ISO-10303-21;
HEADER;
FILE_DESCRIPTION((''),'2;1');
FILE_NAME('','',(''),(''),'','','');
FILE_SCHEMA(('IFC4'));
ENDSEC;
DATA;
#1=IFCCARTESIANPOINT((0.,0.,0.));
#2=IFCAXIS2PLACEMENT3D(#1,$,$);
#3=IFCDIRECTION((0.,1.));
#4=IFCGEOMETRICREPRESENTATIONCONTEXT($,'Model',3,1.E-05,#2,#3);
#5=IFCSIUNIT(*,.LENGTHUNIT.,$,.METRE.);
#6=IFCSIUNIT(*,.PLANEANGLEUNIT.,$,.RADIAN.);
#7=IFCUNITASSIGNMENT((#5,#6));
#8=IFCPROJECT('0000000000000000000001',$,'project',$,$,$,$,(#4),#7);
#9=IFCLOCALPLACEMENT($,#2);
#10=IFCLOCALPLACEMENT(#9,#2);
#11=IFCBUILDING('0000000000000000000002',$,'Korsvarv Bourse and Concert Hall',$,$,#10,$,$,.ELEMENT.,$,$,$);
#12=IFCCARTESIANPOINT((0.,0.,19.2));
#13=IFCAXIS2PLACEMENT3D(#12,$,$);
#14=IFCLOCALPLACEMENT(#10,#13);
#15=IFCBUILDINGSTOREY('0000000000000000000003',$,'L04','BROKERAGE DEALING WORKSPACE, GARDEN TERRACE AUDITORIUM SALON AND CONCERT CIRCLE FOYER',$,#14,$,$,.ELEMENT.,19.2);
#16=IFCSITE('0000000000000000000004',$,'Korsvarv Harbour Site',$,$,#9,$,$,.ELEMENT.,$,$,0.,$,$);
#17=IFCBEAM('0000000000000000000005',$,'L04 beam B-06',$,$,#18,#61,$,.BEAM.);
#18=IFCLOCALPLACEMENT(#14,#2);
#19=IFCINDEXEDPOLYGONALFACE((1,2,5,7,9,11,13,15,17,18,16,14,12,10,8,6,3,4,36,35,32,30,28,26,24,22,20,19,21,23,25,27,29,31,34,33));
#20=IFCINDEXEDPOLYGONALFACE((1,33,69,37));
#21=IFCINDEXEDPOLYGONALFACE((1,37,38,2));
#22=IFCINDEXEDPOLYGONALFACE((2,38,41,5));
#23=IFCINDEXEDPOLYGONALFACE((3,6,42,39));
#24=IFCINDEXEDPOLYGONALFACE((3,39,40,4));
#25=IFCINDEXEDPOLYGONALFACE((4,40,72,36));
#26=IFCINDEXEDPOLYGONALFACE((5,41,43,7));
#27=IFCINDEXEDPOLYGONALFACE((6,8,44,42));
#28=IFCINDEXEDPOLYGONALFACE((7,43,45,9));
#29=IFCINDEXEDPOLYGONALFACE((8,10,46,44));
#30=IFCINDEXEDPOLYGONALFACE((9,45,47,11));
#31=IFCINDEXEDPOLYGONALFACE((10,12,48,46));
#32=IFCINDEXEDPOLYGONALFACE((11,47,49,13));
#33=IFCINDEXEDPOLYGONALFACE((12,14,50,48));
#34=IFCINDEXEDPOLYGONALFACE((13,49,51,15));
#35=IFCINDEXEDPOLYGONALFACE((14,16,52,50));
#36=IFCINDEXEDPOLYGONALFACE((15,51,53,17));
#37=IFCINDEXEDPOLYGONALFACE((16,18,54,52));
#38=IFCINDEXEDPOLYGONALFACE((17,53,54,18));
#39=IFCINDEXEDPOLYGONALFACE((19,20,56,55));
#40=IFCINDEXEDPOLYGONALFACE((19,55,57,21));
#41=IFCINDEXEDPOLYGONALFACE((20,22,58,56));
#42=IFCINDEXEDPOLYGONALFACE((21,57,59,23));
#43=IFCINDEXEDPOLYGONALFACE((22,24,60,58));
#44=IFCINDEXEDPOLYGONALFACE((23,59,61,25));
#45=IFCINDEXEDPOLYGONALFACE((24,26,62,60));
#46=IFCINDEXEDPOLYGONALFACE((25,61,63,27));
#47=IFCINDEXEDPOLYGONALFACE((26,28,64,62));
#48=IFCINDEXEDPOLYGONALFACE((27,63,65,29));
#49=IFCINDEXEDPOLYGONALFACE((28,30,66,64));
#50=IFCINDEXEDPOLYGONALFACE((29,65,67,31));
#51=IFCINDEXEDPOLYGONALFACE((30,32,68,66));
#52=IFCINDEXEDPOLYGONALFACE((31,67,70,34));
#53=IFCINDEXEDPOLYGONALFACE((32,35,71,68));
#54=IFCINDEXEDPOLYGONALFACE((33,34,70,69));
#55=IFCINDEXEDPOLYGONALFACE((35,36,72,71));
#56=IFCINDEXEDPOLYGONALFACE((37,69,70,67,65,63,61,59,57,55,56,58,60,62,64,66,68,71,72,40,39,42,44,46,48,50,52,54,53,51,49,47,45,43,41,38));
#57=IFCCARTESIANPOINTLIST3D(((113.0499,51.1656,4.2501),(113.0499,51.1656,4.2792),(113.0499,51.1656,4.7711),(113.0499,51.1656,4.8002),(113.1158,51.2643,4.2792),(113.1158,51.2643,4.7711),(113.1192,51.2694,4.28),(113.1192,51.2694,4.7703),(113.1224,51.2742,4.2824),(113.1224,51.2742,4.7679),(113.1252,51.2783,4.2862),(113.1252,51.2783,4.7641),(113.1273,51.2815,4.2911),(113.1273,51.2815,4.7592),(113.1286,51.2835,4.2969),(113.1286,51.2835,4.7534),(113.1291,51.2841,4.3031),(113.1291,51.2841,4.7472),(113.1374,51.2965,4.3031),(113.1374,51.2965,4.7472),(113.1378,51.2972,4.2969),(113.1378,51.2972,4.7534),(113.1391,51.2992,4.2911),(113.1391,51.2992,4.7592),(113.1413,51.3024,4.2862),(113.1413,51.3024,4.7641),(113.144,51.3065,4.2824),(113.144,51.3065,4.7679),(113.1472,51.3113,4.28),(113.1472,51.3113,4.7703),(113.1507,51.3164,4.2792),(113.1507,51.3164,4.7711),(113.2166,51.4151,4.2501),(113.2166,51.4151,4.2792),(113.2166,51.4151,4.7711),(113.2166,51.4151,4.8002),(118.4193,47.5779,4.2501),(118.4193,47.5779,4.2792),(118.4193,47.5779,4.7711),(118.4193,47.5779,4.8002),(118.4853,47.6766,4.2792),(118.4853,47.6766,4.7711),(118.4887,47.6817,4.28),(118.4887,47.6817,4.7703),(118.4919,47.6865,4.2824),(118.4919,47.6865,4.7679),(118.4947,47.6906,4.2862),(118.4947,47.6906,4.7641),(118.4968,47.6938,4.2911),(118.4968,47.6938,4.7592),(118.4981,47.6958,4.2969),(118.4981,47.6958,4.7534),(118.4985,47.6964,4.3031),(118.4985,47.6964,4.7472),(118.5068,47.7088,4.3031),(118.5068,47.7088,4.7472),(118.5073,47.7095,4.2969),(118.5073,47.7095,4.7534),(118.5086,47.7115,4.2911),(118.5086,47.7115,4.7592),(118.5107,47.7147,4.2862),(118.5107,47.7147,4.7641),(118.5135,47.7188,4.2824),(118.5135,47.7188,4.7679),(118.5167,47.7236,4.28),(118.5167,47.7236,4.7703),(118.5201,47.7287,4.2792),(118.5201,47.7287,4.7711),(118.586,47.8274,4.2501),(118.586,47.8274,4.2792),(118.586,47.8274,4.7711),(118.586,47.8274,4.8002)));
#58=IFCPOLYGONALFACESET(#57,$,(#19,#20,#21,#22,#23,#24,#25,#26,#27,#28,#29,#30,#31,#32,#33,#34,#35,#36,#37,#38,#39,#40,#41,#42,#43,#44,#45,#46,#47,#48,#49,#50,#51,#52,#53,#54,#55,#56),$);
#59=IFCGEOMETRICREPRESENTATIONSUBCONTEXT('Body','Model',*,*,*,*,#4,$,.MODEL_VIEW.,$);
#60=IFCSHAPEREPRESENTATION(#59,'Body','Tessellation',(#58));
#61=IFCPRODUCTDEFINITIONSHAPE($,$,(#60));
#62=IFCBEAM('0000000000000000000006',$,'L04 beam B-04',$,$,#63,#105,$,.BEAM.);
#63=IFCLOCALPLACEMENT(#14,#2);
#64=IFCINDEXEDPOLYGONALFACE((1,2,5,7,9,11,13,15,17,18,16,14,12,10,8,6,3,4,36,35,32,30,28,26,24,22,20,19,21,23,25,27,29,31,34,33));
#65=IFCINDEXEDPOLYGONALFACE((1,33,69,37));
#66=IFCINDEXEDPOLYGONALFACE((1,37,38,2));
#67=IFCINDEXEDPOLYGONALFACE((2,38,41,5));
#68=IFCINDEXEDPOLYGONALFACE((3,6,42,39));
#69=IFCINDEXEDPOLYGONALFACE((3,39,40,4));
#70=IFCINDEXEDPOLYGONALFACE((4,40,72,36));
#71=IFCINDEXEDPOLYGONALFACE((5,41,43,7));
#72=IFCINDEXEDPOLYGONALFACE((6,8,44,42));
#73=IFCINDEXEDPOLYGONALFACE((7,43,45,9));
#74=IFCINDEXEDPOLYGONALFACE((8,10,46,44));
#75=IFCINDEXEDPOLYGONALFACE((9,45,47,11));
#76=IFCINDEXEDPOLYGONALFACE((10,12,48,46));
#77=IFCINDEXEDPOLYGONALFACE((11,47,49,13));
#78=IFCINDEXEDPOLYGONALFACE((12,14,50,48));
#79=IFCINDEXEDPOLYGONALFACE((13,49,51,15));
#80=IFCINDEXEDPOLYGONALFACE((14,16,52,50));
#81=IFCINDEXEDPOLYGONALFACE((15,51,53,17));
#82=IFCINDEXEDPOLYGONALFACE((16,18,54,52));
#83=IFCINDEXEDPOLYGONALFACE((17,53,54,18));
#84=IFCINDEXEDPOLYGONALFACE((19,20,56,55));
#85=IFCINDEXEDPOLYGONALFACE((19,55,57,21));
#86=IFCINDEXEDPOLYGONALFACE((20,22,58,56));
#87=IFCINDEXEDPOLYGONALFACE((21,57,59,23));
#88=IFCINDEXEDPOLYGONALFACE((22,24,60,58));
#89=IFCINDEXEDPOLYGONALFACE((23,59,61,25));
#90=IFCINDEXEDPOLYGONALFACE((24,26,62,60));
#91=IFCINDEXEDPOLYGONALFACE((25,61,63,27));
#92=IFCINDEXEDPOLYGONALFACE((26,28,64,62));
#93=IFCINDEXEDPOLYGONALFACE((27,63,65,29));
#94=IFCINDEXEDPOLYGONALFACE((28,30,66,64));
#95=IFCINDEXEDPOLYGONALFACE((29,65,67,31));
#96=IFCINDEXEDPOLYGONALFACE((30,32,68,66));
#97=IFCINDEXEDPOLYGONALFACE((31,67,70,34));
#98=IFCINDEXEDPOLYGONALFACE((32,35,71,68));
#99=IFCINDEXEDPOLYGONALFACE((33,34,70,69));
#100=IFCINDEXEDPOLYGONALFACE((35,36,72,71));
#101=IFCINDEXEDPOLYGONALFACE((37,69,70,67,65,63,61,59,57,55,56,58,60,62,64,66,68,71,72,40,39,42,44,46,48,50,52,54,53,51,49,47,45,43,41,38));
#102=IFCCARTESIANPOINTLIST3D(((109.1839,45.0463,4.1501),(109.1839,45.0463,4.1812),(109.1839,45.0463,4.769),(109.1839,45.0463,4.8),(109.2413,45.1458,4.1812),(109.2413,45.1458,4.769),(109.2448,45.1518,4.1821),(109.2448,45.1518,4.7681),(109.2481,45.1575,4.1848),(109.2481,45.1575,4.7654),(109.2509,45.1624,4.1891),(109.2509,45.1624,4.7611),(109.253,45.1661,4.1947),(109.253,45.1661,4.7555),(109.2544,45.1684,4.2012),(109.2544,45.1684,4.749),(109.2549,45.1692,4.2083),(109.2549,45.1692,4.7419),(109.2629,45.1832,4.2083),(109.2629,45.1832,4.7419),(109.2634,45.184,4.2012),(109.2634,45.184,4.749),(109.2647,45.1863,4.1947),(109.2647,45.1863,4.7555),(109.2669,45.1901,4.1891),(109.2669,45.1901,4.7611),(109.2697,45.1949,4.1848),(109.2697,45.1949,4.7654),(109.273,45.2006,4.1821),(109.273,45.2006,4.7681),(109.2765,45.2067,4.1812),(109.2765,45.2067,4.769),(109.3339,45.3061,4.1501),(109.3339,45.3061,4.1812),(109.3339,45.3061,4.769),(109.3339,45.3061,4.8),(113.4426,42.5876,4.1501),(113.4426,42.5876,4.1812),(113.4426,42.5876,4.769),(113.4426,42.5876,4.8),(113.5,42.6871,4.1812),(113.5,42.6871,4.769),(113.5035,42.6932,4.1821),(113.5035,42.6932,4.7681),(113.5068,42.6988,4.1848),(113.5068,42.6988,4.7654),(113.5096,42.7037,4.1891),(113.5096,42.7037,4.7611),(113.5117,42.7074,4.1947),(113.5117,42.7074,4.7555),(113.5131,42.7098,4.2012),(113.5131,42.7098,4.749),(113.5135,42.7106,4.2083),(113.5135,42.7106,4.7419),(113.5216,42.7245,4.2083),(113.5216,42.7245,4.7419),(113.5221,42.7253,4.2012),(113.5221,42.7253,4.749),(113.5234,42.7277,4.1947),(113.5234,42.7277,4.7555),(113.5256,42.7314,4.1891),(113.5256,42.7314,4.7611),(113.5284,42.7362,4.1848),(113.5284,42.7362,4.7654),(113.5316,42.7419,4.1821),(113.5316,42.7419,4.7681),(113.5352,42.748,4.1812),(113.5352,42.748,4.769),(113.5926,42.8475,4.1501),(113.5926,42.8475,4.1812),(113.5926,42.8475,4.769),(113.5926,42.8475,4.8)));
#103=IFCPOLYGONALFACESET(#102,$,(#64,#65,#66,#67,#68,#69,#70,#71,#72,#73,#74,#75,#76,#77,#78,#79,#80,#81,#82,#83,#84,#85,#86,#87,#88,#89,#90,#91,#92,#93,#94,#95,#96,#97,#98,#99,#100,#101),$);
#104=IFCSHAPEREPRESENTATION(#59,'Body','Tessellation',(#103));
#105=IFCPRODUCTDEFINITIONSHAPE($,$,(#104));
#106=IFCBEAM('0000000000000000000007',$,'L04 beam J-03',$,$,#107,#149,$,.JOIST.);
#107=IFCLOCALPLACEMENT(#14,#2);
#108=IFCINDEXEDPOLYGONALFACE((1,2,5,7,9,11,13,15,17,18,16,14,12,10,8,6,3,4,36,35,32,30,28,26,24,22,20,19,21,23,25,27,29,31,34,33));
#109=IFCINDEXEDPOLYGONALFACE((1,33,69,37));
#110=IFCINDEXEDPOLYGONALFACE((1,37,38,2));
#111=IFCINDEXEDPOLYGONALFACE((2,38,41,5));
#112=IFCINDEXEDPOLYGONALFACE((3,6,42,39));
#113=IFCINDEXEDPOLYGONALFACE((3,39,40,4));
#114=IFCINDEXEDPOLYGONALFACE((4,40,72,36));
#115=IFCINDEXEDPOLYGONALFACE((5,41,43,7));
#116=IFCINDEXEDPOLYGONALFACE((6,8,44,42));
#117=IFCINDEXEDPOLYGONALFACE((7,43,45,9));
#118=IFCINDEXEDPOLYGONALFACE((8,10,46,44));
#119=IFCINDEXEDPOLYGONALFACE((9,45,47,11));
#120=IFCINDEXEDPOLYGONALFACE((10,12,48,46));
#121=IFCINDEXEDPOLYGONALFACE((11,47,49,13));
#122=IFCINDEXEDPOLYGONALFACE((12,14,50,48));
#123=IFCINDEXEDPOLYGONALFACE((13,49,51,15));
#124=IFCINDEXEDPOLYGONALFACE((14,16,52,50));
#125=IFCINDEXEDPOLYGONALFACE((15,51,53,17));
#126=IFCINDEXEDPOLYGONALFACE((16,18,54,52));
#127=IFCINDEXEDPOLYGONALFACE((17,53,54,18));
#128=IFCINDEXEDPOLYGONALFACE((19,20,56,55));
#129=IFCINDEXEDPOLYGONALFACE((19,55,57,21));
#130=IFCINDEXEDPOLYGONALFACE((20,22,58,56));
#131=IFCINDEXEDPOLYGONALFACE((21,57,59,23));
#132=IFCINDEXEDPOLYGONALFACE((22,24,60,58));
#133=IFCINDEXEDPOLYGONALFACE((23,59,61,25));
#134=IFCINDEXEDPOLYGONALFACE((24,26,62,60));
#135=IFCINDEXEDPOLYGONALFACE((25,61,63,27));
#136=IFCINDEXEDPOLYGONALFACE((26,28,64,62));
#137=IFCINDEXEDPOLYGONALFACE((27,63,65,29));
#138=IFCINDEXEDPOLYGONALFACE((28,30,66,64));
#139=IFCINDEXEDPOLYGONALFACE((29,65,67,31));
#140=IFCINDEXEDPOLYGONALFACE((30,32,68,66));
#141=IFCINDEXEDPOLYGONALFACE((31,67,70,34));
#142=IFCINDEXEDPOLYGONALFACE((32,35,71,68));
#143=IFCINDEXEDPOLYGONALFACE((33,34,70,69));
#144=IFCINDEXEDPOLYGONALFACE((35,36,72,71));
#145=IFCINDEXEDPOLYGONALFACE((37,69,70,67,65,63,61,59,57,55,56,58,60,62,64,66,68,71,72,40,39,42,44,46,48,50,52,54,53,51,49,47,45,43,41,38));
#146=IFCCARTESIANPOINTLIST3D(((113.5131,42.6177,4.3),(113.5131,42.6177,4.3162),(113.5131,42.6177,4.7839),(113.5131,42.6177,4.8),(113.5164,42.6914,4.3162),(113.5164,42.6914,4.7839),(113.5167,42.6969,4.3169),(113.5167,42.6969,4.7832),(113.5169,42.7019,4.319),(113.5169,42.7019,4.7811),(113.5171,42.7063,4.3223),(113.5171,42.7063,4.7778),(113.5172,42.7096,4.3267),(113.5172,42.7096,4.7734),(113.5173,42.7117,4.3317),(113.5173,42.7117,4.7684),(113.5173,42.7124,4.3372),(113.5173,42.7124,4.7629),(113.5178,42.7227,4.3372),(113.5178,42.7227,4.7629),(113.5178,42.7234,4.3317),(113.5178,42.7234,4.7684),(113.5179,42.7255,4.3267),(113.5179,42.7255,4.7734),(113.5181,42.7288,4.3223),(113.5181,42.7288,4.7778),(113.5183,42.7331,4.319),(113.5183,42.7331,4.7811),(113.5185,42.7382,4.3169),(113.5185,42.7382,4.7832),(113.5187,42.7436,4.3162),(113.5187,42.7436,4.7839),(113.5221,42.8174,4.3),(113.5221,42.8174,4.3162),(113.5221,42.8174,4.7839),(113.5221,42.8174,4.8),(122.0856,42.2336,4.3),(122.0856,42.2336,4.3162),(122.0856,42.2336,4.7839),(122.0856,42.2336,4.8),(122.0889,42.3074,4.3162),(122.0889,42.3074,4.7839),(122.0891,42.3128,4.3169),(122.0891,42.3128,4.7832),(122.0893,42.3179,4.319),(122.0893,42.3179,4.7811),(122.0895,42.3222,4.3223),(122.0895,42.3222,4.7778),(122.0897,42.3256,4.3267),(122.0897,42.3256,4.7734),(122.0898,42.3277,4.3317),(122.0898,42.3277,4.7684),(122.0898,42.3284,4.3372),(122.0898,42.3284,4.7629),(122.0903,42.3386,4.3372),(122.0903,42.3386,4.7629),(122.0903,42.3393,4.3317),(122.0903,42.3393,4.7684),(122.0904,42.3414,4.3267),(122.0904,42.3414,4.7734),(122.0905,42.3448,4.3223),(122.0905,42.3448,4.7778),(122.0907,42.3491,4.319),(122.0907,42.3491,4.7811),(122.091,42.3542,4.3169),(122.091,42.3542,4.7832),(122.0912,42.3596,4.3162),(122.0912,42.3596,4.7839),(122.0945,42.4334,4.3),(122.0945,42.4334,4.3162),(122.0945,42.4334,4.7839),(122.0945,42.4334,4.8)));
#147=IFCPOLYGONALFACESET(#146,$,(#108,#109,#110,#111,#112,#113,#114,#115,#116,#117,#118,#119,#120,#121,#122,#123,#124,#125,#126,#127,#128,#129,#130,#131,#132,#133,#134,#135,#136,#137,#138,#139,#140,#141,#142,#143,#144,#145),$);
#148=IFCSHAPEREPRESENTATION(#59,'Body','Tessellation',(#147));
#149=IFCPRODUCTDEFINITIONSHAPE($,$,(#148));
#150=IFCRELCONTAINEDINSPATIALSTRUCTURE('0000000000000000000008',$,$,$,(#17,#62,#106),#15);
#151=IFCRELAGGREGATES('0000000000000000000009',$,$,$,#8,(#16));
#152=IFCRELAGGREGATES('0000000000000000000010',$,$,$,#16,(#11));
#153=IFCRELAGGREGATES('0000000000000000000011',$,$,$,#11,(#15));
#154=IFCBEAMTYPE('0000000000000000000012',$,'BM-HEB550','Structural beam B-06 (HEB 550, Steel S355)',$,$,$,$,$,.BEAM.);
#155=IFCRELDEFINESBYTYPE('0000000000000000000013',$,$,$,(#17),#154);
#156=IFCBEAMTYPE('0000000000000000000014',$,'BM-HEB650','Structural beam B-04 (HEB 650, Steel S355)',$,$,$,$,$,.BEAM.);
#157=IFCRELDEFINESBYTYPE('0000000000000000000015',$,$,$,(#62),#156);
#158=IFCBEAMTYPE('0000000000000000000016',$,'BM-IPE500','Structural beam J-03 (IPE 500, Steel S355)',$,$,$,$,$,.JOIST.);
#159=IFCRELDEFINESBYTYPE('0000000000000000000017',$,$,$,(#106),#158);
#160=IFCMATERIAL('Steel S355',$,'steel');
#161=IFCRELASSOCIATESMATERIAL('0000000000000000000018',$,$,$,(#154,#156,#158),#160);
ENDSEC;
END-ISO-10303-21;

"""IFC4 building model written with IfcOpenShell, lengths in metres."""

from ifc_helpers import new_model, si_unit, direction, frame, origin, origin_2d, place, context, subcontext, project, spatial, i_section, extrude, source, transform, mapped, material, material_profile, profile_set, type_object, element, save


model = new_model("IFC4")

# Units and contexts
model_context = context("Model", 3, precision=1e-05, world=origin(), true_north=direction((0.0, 1.0)))
body_context = subcontext(model_context, "Body", "Model", "MODEL_VIEW")
ifc_project = project(units=[si_unit("LENGTHUNIT", "METRE"), si_unit("PLANEANGLEUNIT", "RADIAN")], contexts=[model_context])

# Site, building, storey
site_placement = place(None, origin())
site = spatial("IfcSite", under=ifc_project, at=site_placement, Name="Korsvarv Harbour Site", CompositionType="ELEMENT", RefElevation=0.0)
building_placement = place(site_placement, origin())
building = spatial("IfcBuilding", under=site, at=building_placement, Name="Korsvarv Bourse and Concert Hall", CompositionType="ELEMENT")
storey_placement = place(building_placement, frame((0.0, 0.0, 19.2)))
storey = spatial("IfcBuildingStorey", under=building, at=storey_placement, Name="L04", Description="BROKERAGE DEALING WORKSPACE, GARDEN TERRACE AUDITORIUM SALON AND CONCERT CIRCLE FOYER", CompositionType="ELEMENT", Elevation=19.2)

# Beams
ifc_material_1 = material(Name="Steel S355", Category="steel")
ifc_material_profile_1 = material_profile(ifc_material_1, i_section(OverallWidth=0.3, OverallDepth=0.55, WebThickness=0.0149, FlangeThickness=0.0291, FilletRadius=0.0239, at=origin_2d()), Name="HEB 550")
ifc_profile_set_1 = profile_set([ifc_material_profile_1], Name="Steel S355")
beam_type_1 = type_object("IfcBeamType", Name="BM-HEB550", Description="Structural beam B-06 (HEB 550, Steel S355)", PredefinedType="BEAM", material=ifc_profile_set_1)
shared_shape_1 = source(origin(), body_context, "Body", "SweptSolid", [
    extrude(i_section(OverallWidth=0.3, OverallDepth=0.55, WebThickness=0.0149, FlangeThickness=0.0291, FilletRadius=0.0239, at=origin_2d()), origin(), (0.0, 0.0, 1.0), 6.4578),
])
beam_1_placement = place(storey_placement, frame((118.5027, 47.7026, 4.5251), z_axis=(-0.831474, 0.555564, 0.0), x_axis=(-0.555564, -0.831474, 0.0)))
element("IfcBeam", 1, at=beam_1_placement, inside=storey, type_object=beam_type_1, Name="L04 beam B-06", PredefinedType="BEAM", context=body_context, shape_type="MappedRepresentation", body=[
    mapped(shared_shape_1, transform((0.0, 0.0, 0.0), scale=1.0)),
])
ifc_material_profile_2 = material_profile(ifc_material_1, i_section(OverallWidth=0.3, OverallDepth=0.6499, WebThickness=0.0161, FlangeThickness=0.031, FilletRadius=0.0271, at=origin_2d()), Name="HEB 650")
ifc_profile_set_2 = profile_set([ifc_material_profile_2], Name="Steel S355")
beam_type_2 = type_object("IfcBeamType", Name="BM-HEB650", Description="Structural beam B-04 (HEB 650, Steel S355)", PredefinedType="BEAM", material=ifc_profile_set_2)
shared_shape_2 = source(origin(), body_context, "Body", "SweptSolid", [
    extrude(i_section(OverallWidth=0.3, OverallDepth=0.6499, WebThickness=0.0161, FlangeThickness=0.031, FilletRadius=0.0271, at=origin_2d()), origin(), (0.0, 0.0, 1.0), 4.9175),
])
beam_2_placement = place(storey_placement, frame((113.5176, 42.7175, 4.4751), z_axis=(-0.866032, 0.499989, 0.0), x_axis=(-0.499989, -0.866032, 0.0)))
element("IfcBeam", 2, at=beam_2_placement, inside=storey, type_object=beam_type_2, Name="L04 beam B-04", PredefinedType="BEAM", context=body_context, shape_type="MappedRepresentation", body=[
    mapped(shared_shape_2, transform((0.0, 0.0, 0.0), scale=1.0)),
])
ifc_material_profile_3 = material_profile(ifc_material_1, i_section(OverallWidth=0.2, OverallDepth=0.5, WebThickness=0.0103, FlangeThickness=0.0161, FilletRadius=0.021, at=origin_2d()), Name="IPE 500")
ifc_profile_set_3 = profile_set([ifc_material_profile_3], Name="Steel S355")
beam_type_3 = type_object("IfcBeamType", Name="BM-IPE500", Description="Structural beam J-03 (IPE 500, Steel S355)", PredefinedType="JOIST", material=ifc_profile_set_3)
shared_shape_3 = source(origin(), body_context, "Body", "SweptSolid", [
    extrude(i_section(OverallWidth=0.2, OverallDepth=0.5, WebThickness=0.0103, FlangeThickness=0.0161, FilletRadius=0.021, at=origin_2d()), origin(), (0.0, 0.0, 1.0), 8.5811),
])
beam_3_placement = place(storey_placement, frame((113.5176, 42.7175, 4.55), z_axis=(0.998998, -0.044753, 0.0), x_axis=(0.044753, 0.998998, 0.0)))
element("IfcBeam", 3, at=beam_3_placement, inside=storey, type_object=beam_type_3, Name="L04 beam J-03", PredefinedType="JOIST", context=body_context, shape_type="MappedRepresentation", body=[
    mapped(shared_shape_3, transform((0.0, 0.0, 0.0), scale=1.0)),
])

save(model, "model.ifc")
